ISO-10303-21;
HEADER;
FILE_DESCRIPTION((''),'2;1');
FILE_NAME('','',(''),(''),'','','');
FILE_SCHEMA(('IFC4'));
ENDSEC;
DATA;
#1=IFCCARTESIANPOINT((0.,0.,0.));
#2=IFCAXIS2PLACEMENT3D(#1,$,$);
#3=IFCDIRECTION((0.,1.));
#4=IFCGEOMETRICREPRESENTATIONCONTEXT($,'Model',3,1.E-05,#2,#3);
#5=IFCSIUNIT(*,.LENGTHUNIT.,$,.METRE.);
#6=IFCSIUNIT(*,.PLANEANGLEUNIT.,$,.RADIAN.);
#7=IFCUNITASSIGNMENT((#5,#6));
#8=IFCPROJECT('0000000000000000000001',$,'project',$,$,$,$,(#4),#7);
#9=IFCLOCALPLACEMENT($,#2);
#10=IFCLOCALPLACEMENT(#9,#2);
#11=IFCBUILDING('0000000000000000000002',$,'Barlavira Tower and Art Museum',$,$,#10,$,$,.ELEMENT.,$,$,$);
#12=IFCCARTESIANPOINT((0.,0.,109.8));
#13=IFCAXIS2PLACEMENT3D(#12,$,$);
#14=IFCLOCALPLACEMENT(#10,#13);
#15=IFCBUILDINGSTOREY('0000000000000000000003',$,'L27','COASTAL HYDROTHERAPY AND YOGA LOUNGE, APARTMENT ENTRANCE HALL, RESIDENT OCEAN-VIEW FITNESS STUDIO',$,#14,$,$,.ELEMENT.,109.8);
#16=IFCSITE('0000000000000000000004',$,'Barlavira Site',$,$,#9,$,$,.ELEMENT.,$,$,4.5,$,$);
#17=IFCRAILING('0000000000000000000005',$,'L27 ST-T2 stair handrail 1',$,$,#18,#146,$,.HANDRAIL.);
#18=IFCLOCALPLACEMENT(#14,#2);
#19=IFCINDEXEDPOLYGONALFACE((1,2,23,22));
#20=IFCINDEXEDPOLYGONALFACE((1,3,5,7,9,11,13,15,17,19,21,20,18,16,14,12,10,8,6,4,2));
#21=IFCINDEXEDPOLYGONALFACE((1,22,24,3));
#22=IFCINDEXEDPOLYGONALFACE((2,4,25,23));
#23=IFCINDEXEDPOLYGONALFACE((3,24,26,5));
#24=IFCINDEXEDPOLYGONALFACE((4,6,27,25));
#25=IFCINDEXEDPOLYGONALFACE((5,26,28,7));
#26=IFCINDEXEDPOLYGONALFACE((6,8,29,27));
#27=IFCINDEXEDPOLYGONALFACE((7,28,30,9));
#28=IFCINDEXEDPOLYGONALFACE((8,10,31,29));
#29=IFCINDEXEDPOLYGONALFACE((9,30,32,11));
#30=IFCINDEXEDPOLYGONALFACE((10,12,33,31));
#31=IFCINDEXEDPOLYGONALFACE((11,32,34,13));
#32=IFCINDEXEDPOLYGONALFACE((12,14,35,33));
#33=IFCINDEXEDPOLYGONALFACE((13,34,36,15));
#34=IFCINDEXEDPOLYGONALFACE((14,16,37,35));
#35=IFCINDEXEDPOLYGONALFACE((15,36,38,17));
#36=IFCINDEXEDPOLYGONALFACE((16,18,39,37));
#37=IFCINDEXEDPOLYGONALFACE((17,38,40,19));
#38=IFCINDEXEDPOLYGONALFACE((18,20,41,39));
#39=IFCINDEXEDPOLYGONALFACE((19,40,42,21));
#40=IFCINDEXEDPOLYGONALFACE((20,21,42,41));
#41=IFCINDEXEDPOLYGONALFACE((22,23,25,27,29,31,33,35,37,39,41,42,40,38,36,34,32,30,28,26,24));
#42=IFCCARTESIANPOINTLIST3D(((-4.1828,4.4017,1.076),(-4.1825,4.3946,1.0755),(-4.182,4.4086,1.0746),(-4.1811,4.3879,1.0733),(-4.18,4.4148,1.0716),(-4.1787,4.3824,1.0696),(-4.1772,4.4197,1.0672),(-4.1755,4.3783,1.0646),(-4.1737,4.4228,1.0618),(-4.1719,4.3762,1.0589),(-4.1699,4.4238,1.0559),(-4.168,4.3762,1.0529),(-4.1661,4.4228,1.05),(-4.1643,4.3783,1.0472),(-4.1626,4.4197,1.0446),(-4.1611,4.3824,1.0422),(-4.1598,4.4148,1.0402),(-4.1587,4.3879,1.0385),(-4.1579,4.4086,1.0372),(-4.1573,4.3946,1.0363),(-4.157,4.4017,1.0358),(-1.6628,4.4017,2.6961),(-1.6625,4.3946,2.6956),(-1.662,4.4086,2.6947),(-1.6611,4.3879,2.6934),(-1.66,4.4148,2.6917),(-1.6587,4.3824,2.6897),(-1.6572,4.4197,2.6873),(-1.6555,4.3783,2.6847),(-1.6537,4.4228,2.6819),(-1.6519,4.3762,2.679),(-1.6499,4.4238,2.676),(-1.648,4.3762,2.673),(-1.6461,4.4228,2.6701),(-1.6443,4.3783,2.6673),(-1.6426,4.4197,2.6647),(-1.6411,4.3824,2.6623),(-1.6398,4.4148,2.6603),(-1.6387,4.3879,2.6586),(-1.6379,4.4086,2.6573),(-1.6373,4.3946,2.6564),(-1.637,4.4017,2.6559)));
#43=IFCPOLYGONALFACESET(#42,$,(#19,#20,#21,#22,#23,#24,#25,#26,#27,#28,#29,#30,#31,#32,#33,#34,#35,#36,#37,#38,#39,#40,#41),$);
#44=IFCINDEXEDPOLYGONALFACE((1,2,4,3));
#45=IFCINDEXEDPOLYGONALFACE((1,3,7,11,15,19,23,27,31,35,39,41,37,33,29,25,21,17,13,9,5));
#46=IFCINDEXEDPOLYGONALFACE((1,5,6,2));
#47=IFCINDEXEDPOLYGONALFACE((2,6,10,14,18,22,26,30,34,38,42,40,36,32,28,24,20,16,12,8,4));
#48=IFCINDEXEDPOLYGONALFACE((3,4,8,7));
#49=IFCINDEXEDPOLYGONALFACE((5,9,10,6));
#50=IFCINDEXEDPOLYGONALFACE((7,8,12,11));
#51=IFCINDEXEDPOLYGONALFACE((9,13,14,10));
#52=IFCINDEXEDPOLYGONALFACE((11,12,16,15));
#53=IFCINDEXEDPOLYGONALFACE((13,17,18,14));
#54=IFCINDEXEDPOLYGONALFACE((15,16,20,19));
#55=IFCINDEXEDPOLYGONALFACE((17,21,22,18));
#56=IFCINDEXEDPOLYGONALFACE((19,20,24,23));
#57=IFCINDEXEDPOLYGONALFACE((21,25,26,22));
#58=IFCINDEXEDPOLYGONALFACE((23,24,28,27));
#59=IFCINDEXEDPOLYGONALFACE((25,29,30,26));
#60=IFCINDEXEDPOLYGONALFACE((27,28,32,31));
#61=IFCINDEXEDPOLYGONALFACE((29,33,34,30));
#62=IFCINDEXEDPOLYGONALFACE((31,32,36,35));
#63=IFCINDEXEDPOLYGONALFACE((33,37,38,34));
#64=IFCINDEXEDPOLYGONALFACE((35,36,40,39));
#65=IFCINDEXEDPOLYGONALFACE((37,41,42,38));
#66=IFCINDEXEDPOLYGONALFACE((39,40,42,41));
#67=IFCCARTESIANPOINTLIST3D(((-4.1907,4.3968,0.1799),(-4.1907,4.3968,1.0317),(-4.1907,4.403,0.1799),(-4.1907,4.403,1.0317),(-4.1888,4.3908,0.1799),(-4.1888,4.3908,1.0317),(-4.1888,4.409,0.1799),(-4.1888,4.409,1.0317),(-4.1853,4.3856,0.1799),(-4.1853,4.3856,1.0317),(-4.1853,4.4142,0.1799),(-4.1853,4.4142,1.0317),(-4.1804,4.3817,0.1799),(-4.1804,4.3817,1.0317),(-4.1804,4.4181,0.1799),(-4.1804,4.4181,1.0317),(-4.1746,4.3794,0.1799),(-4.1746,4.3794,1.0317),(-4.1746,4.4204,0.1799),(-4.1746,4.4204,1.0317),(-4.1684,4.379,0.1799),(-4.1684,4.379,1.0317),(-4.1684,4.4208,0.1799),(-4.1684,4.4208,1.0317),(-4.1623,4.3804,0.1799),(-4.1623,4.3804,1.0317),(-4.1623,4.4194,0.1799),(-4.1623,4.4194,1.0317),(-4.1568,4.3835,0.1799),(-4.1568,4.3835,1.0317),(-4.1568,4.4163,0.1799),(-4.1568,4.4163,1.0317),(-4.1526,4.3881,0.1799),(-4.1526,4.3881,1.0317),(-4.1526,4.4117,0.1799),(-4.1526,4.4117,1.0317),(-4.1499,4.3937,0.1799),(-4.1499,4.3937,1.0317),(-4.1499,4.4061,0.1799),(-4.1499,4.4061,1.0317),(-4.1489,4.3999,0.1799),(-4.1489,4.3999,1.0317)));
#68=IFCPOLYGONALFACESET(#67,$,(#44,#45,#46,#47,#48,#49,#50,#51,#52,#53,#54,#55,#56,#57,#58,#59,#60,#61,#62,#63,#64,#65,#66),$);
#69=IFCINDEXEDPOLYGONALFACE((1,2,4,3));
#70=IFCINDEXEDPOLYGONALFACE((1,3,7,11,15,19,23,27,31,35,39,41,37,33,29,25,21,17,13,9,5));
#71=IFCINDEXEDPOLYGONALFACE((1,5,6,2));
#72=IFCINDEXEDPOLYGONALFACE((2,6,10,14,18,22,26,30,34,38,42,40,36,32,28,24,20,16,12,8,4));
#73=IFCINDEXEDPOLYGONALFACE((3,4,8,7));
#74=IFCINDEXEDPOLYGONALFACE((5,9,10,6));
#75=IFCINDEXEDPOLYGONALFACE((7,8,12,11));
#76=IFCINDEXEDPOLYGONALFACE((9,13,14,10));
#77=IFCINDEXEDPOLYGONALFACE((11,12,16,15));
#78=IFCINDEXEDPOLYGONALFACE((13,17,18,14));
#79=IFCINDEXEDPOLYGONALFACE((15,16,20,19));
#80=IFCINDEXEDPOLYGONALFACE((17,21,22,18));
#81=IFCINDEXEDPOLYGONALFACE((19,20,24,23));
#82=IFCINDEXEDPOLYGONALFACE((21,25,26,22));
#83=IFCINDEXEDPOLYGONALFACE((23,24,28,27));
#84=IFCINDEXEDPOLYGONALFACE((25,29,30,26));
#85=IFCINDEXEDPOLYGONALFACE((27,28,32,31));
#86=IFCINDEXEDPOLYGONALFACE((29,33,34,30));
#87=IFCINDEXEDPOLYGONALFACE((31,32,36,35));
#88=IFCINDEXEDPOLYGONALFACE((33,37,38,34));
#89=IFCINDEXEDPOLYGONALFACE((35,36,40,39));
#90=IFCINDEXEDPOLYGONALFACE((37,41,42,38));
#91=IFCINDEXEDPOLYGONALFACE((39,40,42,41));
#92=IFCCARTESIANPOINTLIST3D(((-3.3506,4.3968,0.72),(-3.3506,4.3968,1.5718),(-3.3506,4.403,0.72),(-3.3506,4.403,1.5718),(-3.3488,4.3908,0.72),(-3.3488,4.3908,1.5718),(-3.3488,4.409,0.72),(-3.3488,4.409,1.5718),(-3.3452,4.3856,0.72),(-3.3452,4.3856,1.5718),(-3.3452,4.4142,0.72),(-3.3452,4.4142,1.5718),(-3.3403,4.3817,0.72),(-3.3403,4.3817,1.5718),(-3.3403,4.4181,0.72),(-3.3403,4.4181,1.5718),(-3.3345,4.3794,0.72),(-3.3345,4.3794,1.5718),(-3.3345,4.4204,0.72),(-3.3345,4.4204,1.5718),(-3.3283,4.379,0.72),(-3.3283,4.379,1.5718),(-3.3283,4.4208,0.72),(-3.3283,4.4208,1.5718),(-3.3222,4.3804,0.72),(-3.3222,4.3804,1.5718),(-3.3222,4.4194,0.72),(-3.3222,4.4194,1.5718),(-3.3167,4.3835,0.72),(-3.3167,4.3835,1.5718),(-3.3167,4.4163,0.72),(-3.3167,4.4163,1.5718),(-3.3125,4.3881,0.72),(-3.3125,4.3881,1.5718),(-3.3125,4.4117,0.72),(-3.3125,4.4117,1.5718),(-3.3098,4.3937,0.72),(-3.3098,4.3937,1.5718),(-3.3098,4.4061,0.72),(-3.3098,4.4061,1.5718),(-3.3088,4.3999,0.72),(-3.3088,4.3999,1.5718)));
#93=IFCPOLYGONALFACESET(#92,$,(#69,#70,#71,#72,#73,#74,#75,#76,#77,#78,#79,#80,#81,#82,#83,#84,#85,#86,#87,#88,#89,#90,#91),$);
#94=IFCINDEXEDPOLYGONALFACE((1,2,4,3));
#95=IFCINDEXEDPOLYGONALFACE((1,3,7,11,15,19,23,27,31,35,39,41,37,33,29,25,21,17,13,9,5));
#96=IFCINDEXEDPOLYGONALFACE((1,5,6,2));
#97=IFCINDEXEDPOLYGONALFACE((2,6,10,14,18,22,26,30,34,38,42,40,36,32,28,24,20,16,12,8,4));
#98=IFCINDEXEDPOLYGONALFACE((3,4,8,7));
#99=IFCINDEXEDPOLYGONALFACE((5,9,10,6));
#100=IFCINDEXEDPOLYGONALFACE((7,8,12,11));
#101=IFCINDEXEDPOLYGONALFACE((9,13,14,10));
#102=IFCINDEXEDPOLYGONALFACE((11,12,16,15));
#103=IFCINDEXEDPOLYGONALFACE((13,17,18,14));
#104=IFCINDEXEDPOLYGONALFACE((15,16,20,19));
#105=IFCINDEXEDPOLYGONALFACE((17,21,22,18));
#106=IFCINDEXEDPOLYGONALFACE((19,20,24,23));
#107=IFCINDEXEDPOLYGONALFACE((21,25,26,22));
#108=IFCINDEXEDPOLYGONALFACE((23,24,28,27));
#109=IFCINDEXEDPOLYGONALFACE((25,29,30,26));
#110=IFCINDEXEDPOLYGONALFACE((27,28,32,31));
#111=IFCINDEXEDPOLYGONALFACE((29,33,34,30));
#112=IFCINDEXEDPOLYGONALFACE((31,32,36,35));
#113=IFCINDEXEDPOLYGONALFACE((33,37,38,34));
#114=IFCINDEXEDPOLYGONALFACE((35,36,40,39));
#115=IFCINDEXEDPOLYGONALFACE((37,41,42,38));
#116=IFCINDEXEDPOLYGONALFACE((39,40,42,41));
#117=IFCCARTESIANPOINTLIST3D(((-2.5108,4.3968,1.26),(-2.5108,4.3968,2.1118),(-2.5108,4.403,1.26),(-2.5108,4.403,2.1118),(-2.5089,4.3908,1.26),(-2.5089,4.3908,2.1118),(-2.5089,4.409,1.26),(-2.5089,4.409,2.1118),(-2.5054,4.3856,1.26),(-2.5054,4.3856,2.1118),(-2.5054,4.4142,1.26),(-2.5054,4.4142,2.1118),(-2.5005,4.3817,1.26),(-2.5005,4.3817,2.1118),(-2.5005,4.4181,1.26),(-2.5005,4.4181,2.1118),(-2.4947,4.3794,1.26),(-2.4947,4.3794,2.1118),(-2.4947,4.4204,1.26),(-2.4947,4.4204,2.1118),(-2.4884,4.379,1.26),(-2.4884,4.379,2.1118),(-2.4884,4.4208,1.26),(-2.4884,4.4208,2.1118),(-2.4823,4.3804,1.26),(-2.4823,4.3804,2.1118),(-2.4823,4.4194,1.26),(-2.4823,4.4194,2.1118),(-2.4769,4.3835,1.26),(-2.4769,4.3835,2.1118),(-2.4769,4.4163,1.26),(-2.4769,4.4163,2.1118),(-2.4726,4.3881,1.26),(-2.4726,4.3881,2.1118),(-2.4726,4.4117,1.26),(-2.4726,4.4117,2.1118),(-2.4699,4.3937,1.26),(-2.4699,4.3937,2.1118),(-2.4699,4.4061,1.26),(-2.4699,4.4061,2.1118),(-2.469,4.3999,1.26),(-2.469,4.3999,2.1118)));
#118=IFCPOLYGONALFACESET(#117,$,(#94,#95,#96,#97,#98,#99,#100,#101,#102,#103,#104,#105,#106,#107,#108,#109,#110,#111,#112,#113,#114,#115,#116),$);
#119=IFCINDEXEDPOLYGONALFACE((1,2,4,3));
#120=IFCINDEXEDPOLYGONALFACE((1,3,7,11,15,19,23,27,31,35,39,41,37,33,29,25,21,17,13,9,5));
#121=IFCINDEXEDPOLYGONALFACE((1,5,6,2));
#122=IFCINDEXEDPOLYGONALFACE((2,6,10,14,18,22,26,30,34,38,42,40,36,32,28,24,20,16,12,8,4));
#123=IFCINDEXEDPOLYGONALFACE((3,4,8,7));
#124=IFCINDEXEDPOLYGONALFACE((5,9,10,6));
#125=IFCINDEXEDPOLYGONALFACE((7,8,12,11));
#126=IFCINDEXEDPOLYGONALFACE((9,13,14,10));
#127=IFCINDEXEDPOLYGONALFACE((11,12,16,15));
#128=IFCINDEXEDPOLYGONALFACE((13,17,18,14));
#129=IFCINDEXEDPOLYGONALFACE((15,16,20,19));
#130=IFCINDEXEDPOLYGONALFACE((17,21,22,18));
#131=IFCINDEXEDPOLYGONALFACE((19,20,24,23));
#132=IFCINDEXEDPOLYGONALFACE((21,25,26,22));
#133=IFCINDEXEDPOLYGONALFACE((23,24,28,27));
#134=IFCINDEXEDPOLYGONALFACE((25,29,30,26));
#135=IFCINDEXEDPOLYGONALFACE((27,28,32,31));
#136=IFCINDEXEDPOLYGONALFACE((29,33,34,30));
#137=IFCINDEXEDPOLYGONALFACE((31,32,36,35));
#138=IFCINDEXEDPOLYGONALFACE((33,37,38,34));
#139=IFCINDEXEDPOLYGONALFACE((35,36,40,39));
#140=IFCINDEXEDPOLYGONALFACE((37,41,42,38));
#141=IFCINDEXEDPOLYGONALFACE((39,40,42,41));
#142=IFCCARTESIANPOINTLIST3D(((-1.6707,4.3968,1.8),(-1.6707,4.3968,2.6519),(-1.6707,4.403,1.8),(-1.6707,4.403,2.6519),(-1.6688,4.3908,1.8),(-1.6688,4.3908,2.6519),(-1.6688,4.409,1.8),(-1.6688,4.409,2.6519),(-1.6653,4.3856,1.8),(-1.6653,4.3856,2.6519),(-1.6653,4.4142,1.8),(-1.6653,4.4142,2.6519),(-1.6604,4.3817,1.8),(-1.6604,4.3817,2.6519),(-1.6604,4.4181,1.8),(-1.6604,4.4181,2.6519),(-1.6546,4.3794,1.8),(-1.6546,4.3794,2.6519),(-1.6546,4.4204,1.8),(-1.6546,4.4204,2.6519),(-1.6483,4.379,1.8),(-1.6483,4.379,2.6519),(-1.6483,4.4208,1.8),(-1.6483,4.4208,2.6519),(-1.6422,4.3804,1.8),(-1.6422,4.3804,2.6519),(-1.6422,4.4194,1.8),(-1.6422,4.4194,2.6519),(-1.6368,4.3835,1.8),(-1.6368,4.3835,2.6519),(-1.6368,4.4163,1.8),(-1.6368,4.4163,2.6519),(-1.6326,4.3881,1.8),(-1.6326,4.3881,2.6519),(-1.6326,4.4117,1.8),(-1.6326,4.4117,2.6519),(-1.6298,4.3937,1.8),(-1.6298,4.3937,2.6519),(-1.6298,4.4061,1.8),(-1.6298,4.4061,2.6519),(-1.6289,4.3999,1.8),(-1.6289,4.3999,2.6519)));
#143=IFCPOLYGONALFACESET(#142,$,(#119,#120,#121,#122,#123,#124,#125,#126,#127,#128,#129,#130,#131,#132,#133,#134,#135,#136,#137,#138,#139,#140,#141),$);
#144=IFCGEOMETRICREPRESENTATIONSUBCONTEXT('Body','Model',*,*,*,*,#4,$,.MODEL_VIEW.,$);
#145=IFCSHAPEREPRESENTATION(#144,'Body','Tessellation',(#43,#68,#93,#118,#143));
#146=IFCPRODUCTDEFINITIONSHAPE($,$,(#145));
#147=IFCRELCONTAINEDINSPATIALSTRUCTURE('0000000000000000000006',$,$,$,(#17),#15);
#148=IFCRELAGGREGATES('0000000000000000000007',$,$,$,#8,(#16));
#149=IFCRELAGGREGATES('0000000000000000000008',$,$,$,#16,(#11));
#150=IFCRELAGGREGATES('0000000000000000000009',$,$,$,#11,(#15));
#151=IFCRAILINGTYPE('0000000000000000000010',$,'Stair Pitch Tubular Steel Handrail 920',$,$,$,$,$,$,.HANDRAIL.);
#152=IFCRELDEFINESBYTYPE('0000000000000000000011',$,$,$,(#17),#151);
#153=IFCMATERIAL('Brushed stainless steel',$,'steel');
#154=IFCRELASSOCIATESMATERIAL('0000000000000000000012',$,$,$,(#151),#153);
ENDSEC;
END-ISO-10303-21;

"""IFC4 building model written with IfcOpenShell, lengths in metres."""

from ifc_helpers import new_model, si_unit, direction, frame, origin, origin_2d, place, context, subcontext, project, spatial, circle, extrude, material, type_object, element, save


model = new_model("IFC4")

# Units and contexts
model_context = context("Model", 3, precision=1e-05, world=origin(), true_north=direction((0.0, 1.0)))
body_context = subcontext(model_context, "Body", "Model", "MODEL_VIEW")
ifc_project = project(units=[si_unit("LENGTHUNIT", "METRE"), si_unit("PLANEANGLEUNIT", "RADIAN")], contexts=[model_context])

# Site, building, storey
site_placement = place(None, origin())
site = spatial("IfcSite", under=ifc_project, at=site_placement, Name="Barlavira Site", CompositionType="ELEMENT", RefElevation=4.5)
building_placement = place(site_placement, origin())
building = spatial("IfcBuilding", under=site, at=building_placement, Name="Barlavira Tower and Art Museum", CompositionType="ELEMENT")
storey_placement = place(building_placement, frame((0.0, 0.0, 109.8)))
storey = spatial("IfcBuildingStorey", under=building, at=storey_placement, Name="L27", Description="COASTAL HYDROTHERAPY AND YOGA LOUNGE, APARTMENT ENTRANCE HALL, RESIDENT OCEAN-VIEW FITNESS STUDIO", CompositionType="ELEMENT", Elevation=109.8)

# Shared definitions
ifc_material_1 = material(Name="Brushed stainless steel", Category="steel")

# Railing
railing_type_1 = type_object("IfcRailingType", Name="Stair Pitch Tubular Steel Handrail 920", PredefinedType="HANDRAIL", material=ifc_material_1)
railing_1_placement = place(storey_placement, frame((-4.1699, 4.3999, 0.1799)))
element("IfcRailing", 1, at=railing_1_placement, inside=storey, type_object=railing_type_1, Name="L27 ST-T2 stair handrail 1", PredefinedType="HANDRAIL", context=body_context, shape_type="SweptSolid", body=[
    extrude(circle(Radius=0.0239, at=origin_2d()), frame((0.0, 0.0, 0.876), z_axis=(0.841163, 0.0, 0.540782), x_axis=(0.0, 1.0, 0.0)), (0.0, 0.0, 1.0), 2.9958),
    extrude(circle(Radius=0.021, at=origin_2d()), origin(), (0.0, 0.0, 1.0), 0.8518),
    extrude(circle(Radius=0.021, at=origin_2d()), frame((0.8401, 0.0, 0.54)), (0.0, 0.0, 1.0), 0.8518),
    extrude(circle(Radius=0.021, at=origin_2d()), frame((1.6799, 0.0, 1.0801)), (0.0, 0.0, 1.0), 0.8518),
    extrude(circle(Radius=0.021, at=origin_2d()), frame((2.52, 0.0, 1.6201)), (0.0, 0.0, 1.0), 0.8518),
])

save(model, "model.ifc")
